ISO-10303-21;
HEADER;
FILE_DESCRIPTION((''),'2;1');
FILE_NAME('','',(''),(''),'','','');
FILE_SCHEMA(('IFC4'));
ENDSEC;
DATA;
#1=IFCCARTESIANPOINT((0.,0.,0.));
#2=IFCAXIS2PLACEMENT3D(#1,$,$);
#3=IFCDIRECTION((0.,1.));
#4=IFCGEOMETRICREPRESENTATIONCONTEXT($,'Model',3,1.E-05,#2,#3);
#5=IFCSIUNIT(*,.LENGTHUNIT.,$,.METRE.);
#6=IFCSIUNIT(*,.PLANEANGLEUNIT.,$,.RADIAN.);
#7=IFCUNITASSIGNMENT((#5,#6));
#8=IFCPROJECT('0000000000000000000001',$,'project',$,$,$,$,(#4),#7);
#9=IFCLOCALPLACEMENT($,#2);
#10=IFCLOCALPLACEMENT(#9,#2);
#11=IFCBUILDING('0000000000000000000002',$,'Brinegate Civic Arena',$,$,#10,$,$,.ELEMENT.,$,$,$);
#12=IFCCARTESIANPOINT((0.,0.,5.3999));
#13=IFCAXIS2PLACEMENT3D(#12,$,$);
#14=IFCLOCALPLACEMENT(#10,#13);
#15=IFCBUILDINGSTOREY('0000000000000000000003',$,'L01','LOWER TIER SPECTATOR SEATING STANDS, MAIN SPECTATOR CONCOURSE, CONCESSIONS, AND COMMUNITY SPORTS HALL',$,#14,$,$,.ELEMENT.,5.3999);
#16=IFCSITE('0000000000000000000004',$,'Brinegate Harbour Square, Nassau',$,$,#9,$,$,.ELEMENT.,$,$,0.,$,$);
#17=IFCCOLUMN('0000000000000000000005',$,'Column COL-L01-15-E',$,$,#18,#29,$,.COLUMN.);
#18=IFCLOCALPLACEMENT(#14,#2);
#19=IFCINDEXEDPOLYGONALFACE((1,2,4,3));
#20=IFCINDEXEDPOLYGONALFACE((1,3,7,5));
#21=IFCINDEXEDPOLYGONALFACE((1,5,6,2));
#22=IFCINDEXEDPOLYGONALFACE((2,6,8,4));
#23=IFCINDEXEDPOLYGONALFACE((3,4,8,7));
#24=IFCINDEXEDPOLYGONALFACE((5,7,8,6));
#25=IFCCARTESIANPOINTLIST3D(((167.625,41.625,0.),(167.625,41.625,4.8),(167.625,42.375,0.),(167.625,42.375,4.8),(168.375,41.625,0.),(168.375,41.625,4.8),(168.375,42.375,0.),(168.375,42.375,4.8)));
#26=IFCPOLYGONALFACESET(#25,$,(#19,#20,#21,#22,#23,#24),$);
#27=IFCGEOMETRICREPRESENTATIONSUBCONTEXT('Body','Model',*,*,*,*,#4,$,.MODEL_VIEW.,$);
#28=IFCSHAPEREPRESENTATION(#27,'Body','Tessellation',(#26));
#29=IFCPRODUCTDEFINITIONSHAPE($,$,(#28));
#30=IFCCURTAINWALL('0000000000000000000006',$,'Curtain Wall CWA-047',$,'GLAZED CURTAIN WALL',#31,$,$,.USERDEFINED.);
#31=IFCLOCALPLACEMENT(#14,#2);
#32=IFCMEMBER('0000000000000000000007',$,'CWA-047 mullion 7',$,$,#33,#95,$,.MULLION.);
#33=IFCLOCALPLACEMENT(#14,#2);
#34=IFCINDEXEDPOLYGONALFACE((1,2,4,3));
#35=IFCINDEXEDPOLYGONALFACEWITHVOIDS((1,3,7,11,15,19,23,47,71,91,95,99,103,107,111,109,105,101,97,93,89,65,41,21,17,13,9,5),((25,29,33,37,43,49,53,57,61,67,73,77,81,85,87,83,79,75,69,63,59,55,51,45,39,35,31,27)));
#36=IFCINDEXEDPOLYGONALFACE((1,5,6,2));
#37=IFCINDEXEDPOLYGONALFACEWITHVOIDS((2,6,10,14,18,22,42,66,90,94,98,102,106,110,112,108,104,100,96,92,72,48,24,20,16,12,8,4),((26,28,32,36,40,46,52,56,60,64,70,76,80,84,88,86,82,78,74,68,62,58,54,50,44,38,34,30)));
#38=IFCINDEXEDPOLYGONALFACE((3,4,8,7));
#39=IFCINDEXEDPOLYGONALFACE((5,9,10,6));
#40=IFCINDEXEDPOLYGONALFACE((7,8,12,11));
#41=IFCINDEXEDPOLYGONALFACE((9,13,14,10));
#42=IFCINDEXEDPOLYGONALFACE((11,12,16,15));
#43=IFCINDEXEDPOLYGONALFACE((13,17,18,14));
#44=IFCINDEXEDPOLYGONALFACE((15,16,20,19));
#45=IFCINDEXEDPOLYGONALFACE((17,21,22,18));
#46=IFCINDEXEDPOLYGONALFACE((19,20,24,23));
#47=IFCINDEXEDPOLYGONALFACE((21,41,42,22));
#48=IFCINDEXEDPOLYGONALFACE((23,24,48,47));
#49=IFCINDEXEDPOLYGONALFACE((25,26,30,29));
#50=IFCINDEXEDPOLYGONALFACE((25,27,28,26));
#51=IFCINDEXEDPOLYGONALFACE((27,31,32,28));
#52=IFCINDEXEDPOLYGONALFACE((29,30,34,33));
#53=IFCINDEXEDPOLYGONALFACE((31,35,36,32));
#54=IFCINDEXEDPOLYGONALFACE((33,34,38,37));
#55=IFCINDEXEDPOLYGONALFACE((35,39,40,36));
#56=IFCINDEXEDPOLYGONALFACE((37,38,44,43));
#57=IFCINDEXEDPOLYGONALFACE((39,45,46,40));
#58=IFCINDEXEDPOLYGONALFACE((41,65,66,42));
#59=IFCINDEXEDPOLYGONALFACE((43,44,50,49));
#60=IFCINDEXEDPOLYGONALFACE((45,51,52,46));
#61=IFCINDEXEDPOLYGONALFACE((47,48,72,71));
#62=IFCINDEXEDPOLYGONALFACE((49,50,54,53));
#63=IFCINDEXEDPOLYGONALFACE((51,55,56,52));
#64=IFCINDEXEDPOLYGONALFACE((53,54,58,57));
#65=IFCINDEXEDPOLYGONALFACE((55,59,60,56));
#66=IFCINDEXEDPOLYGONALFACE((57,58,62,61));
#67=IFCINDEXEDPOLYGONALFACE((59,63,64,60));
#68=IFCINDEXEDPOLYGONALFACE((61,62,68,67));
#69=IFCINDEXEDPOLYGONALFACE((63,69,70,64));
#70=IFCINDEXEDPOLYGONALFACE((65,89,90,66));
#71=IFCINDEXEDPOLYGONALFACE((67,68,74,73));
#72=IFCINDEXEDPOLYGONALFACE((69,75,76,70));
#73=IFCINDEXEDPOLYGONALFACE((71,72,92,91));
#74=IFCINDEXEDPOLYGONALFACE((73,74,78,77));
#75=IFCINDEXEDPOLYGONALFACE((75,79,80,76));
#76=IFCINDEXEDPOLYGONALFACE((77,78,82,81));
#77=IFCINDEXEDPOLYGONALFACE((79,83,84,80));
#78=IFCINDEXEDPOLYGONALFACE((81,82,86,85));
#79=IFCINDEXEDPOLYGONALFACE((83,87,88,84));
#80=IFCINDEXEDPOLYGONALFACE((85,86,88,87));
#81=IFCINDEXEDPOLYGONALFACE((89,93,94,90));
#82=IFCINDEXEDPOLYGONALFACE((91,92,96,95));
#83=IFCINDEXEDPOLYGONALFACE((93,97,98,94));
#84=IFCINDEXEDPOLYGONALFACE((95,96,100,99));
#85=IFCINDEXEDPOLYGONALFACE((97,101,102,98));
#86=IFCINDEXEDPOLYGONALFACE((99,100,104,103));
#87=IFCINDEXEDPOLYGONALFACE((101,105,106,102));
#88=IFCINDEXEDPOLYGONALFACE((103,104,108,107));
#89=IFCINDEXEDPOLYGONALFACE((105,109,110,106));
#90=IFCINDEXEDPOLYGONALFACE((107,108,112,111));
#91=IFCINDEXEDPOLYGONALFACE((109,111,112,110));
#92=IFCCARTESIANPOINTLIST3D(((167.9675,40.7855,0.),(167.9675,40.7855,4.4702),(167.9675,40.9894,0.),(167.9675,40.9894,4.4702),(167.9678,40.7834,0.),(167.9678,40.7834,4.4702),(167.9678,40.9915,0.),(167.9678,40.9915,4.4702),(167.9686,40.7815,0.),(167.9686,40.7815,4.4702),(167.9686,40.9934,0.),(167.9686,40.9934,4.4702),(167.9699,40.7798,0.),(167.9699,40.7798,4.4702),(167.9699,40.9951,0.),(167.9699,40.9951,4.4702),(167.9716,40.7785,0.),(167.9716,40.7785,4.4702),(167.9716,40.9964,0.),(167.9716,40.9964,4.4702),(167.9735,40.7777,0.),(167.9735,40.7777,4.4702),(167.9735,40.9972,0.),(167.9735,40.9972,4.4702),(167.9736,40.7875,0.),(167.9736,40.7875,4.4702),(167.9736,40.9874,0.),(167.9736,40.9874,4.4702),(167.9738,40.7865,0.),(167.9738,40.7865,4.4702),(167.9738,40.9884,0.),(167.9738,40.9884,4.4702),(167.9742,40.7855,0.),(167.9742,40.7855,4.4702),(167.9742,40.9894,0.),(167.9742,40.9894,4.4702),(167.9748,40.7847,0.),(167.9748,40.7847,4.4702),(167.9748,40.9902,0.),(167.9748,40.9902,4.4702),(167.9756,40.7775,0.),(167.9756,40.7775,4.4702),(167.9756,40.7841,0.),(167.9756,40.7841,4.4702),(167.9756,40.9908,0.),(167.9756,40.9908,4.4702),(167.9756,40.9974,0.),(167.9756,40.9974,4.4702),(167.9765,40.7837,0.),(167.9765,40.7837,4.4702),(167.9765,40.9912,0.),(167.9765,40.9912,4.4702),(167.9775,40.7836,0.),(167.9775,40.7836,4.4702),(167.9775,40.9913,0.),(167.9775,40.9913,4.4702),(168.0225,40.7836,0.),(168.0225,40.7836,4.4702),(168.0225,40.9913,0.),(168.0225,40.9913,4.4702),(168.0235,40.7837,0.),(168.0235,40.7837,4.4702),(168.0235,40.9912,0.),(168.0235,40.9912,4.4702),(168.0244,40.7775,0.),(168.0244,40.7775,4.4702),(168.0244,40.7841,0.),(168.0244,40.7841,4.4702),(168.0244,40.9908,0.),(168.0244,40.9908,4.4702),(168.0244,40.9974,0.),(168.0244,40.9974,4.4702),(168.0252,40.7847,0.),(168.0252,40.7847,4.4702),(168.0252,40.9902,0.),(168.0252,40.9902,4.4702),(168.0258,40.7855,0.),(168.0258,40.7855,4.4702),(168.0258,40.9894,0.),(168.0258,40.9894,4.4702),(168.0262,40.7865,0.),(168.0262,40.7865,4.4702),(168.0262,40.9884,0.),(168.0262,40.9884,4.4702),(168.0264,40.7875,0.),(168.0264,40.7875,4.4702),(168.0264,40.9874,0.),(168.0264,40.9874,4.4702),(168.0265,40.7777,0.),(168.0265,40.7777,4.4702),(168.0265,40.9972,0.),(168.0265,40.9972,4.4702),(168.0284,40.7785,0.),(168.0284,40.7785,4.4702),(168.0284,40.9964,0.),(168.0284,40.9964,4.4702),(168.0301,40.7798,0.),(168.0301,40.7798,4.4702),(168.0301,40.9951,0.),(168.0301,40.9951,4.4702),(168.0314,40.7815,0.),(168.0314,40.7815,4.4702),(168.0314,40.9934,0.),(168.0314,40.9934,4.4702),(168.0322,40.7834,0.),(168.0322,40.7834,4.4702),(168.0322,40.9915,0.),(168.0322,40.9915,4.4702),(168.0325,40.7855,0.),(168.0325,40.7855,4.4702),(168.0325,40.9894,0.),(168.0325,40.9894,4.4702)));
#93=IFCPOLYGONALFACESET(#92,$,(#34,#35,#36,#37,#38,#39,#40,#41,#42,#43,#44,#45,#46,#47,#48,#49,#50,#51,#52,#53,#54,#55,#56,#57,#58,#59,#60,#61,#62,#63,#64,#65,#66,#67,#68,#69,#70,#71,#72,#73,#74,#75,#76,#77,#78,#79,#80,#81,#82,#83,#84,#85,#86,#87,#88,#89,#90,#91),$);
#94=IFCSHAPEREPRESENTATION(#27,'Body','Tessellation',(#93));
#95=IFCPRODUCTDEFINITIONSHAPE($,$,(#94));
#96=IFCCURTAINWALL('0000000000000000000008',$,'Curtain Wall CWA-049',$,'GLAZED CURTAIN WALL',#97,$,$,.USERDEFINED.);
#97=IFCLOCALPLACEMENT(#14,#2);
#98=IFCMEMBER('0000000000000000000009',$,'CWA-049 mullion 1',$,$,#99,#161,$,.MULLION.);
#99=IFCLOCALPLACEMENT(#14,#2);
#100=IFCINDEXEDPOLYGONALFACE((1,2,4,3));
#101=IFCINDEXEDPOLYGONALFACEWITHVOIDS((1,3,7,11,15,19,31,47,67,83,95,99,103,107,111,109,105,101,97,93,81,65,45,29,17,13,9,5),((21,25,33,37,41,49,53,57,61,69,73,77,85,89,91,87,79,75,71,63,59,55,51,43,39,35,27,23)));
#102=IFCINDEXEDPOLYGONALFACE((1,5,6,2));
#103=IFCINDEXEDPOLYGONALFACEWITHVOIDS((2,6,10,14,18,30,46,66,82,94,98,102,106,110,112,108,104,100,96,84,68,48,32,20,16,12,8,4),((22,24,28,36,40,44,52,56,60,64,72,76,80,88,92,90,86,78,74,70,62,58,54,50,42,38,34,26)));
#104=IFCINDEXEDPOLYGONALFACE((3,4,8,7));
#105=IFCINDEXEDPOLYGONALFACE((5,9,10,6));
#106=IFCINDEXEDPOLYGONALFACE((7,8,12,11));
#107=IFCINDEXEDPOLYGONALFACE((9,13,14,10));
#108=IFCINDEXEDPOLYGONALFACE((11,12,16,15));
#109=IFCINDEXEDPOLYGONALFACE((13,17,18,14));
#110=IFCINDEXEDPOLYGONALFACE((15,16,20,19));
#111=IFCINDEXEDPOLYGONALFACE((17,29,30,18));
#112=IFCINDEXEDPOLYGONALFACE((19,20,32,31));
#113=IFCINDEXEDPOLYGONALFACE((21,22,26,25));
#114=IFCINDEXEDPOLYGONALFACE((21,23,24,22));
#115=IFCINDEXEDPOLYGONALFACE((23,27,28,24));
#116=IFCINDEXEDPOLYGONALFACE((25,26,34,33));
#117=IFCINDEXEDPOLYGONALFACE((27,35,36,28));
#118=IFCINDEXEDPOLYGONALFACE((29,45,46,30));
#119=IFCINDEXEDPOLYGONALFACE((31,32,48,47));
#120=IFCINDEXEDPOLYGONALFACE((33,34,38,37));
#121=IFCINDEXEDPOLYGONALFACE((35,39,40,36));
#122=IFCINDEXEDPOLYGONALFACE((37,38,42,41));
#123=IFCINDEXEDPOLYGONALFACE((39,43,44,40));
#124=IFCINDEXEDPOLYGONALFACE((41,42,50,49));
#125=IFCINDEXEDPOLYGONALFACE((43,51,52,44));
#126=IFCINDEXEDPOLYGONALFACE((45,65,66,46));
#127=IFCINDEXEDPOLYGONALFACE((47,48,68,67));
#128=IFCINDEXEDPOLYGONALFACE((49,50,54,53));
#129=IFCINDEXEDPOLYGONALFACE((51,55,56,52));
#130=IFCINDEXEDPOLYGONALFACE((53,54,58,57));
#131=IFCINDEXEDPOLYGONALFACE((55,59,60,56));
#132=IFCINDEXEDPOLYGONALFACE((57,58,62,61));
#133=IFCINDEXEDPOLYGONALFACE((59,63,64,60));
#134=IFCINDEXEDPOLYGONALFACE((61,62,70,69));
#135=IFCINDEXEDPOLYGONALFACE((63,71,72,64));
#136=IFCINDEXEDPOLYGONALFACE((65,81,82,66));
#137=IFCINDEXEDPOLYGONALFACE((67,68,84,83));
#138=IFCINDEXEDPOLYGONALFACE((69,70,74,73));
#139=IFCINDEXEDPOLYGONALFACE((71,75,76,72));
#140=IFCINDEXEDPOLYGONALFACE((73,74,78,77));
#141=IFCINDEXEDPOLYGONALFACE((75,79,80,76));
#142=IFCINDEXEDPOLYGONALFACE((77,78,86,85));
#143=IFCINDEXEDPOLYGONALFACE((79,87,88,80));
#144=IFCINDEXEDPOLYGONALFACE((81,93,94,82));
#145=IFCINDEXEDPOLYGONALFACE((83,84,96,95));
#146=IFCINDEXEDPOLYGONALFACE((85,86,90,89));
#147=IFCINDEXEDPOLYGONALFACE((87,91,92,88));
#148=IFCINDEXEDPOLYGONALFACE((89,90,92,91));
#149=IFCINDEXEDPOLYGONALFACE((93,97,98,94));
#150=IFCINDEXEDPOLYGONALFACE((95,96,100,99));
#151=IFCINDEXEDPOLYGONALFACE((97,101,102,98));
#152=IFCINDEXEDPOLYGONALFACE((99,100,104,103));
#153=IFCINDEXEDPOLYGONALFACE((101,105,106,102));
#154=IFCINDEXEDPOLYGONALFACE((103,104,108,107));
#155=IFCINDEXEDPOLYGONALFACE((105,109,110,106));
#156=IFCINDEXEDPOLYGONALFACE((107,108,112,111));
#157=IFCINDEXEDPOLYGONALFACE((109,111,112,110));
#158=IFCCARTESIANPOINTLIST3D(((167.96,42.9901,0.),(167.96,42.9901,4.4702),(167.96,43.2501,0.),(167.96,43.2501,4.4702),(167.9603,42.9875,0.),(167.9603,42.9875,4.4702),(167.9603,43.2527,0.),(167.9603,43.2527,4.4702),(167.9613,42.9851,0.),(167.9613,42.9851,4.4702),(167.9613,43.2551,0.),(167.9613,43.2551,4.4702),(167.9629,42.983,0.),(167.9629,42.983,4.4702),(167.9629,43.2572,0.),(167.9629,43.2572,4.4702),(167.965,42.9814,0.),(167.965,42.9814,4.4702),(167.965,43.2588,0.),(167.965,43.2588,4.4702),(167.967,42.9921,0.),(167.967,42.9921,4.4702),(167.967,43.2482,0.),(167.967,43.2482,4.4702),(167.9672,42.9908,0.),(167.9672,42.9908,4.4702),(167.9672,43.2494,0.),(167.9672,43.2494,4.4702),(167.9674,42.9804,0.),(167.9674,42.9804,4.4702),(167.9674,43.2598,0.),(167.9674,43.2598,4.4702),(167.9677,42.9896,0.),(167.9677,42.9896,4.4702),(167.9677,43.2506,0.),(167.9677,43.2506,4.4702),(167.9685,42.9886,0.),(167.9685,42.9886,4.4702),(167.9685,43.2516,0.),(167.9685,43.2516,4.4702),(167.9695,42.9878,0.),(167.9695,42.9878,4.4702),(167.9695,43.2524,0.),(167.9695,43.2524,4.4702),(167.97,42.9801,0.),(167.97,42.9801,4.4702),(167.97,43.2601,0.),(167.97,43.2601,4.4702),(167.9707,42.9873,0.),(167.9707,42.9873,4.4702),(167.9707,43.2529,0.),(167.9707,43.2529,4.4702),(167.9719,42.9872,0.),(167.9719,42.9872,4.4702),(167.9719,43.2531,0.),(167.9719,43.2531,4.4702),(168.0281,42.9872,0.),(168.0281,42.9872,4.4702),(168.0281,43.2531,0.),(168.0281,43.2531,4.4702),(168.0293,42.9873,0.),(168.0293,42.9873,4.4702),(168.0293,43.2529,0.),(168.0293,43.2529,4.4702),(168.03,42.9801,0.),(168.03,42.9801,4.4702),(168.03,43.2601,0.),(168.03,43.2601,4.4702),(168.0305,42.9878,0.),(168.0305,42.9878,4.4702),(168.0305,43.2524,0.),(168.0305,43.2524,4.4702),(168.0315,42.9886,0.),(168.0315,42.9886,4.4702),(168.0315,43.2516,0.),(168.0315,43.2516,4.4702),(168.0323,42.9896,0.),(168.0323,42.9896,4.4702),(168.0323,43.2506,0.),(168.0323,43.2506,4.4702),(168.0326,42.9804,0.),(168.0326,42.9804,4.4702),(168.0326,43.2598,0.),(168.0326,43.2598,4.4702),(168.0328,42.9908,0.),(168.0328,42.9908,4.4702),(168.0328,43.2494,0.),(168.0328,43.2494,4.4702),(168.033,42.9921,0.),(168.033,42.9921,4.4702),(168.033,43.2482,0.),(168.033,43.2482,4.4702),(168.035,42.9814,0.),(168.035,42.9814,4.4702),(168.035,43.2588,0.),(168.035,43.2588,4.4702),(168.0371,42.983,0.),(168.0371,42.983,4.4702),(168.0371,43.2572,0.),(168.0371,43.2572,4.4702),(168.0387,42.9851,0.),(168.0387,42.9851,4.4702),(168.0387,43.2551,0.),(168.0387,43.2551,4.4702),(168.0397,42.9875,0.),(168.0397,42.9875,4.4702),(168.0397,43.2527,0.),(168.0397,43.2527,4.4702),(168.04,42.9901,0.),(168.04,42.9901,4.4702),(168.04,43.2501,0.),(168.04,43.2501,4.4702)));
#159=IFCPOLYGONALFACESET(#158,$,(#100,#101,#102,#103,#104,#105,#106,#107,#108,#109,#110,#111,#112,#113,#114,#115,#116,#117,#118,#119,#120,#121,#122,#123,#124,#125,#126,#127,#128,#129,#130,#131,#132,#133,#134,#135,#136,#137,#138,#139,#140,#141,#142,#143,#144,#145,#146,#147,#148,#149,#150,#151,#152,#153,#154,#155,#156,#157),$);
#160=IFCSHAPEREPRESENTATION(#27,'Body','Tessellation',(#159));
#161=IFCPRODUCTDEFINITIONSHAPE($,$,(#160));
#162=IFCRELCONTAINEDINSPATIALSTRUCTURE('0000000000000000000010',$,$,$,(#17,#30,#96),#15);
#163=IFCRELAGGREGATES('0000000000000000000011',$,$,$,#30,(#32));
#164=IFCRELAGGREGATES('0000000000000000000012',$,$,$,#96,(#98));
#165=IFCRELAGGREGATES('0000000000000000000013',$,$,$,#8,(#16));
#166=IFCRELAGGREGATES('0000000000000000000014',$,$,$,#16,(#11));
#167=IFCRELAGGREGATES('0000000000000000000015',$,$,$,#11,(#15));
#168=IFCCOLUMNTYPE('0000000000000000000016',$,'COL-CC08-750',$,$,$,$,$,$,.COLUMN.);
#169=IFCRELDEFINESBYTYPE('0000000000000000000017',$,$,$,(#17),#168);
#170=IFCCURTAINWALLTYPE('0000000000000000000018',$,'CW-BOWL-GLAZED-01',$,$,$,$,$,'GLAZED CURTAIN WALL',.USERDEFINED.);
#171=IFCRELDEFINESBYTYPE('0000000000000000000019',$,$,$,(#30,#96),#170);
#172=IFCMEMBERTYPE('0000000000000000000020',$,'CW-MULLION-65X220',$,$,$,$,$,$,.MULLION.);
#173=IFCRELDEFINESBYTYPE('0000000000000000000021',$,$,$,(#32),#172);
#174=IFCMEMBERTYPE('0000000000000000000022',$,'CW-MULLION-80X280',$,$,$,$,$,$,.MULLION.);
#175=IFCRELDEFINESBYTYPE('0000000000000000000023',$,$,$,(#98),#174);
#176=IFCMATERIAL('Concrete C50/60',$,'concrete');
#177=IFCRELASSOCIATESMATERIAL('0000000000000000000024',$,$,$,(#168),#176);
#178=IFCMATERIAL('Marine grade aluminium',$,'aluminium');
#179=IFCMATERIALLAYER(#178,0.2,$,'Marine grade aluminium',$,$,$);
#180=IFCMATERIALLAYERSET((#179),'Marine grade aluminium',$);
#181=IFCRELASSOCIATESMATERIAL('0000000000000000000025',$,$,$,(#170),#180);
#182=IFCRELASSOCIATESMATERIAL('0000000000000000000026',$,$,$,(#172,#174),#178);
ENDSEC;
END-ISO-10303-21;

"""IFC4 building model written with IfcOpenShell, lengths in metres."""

from ifc_helpers import new_model, si_unit, direction, frame, origin, origin_2d, place, context, subcontext, project, spatial, rectangle, hollow_rectangle, extrude, material, layer, layer_set, material_profile, profile_set, type_object, element, aggregate, save


model = new_model("IFC4")

# Units and contexts
model_context = context("Model", 3, precision=1e-05, world=origin(), true_north=direction((0.0, 1.0)))
body_context = subcontext(model_context, "Body", "Model", "MODEL_VIEW")
ifc_project = project(units=[si_unit("LENGTHUNIT", "METRE"), si_unit("PLANEANGLEUNIT", "RADIAN")], contexts=[model_context])

# Site, building, storey
site_placement = place(None, origin())
site = spatial("IfcSite", under=ifc_project, at=site_placement, Name="Brinegate Harbour Square, Nassau", CompositionType="ELEMENT", RefElevation=0.0)
building_placement = place(site_placement, origin())
building = spatial("IfcBuilding", under=site, at=building_placement, Name="Brinegate Civic Arena", CompositionType="ELEMENT")
storey_placement = place(building_placement, frame((0.0, 0.0, 5.3999)))
storey = spatial("IfcBuildingStorey", under=building, at=storey_placement, Name="L01", Description="LOWER TIER SPECTATOR SEATING STANDS, MAIN SPECTATOR CONCOURSE, CONCESSIONS, AND COMMUNITY SPORTS HALL", CompositionType="ELEMENT", Elevation=5.3999)

# Column
ifc_material_1 = material(Name="Concrete C50/60", Category="concrete")
ifc_material_profile_1 = material_profile(ifc_material_1, rectangle(XDim=0.75, YDim=0.75, at=origin_2d()), Name="RC750X750")
ifc_profile_set_1 = profile_set([ifc_material_profile_1], Name="Concrete C50/60")
column_type = type_object("IfcColumnType", Name="COL-CC08-750", PredefinedType="COLUMN", material=ifc_profile_set_1)
column_placement = place(storey_placement, frame((168.0, 42.0, 0.0), z_axis=(0.0, 0.0, 1.0), x_axis=(1.0, 0.0, 0.0)))
element("IfcColumn", 1, at=column_placement, inside=storey, type_object=column_type, Name="Column COL-L01-15-E", PredefinedType="COLUMN", context=body_context, shape_type="SweptSolid", body=[
    extrude(rectangle(XDim=0.75, YDim=0.75, at=origin_2d()), origin(), (0.0, 0.0, 1.0), 4.8),
])

# Curtain wall, member
ifc_material_2 = material(Name="Marine grade aluminium", Category="aluminium")
ifc_layer_1 = layer(ifc_material_2, 0.2, Name="Marine grade aluminium")
ifc_layer_set_1 = layer_set([ifc_layer_1], Name="Marine grade aluminium")
curtain_wall_type = type_object("IfcCurtainWallType", Name="CW-BOWL-GLAZED-01", ElementType="GLAZED CURTAIN WALL", PredefinedType="USERDEFINED", material=ifc_layer_set_1)
curtain_wall_1_placement = place(storey_placement, origin())
curtain_wall_1 = element("IfcCurtainWall", 2, at=curtain_wall_1_placement, inside=storey, type_object=curtain_wall_type, Name="Curtain Wall CWA-047", ObjectType="GLAZED CURTAIN WALL", PredefinedType="USERDEFINED")
ifc_material_profile_2 = material_profile(ifc_material_2, hollow_rectangle(XDim=0.0649, YDim=0.22, WallThickness=0.0061, InnerFilletRadius=0.0039, OuterFilletRadius=0.0081, at=origin_2d()), Name="MUL65X220")
ifc_profile_set_2 = profile_set([ifc_material_profile_2], Name="Marine grade aluminium")
member_type_1 = type_object("IfcMemberType", Name="CW-MULLION-65X220", PredefinedType="MULLION", material=ifc_profile_set_2)
member_1_placement = place(storey_placement, frame((168.0, 40.8875, 0.0), z_axis=(0.0, 0.0, 1.0), x_axis=(-1.0, 0.0, 0.0)))
member_1 = element("IfcMember", 3, at=member_1_placement, type_object=member_type_1, Name="CWA-047 mullion 7", PredefinedType="MULLION", context=body_context, shape_type="SweptSolid", body=[
    extrude(hollow_rectangle(XDim=0.0649, YDim=0.22, WallThickness=0.0061, InnerFilletRadius=0.0039, OuterFilletRadius=0.0081, at=origin_2d()), origin(), (0.0, 0.0, 1.0), 4.4702),
])

# Curtain wall, member
curtain_wall_2_placement = place(storey_placement, origin())
curtain_wall_2 = element("IfcCurtainWall", 4, at=curtain_wall_2_placement, inside=storey, type_object=curtain_wall_type, Name="Curtain Wall CWA-049", ObjectType="GLAZED CURTAIN WALL", PredefinedType="USERDEFINED")
ifc_material_profile_3 = material_profile(ifc_material_2, hollow_rectangle(XDim=0.0801, YDim=0.28, WallThickness=0.0071, InnerFilletRadius=0.0049, OuterFilletRadius=0.01, at=origin_2d()), Name="MUL80X280")
ifc_profile_set_3 = profile_set([ifc_material_profile_3], Name="Marine grade aluminium")
member_type_2 = type_object("IfcMemberType", Name="CW-MULLION-80X280", PredefinedType="MULLION", material=ifc_profile_set_3)
member_2_placement = place(storey_placement, frame((168.0, 43.1201, 0.0), z_axis=(0.0, 0.0, 1.0), x_axis=(-1.0, 0.0, 0.0)))
member_2 = element("IfcMember", 5, at=member_2_placement, type_object=member_type_2, Name="CWA-049 mullion 1", PredefinedType="MULLION", context=body_context, shape_type="SweptSolid", body=[
    extrude(hollow_rectangle(XDim=0.0801, YDim=0.28, WallThickness=0.0071, InnerFilletRadius=0.0049, OuterFilletRadius=0.01, at=origin_2d()), origin(), (0.0, 0.0, 1.0), 4.4702),
])

aggregate(curtain_wall_1, [member_1])
aggregate(curtain_wall_2, [member_2])

save(model, "model.ifc")
